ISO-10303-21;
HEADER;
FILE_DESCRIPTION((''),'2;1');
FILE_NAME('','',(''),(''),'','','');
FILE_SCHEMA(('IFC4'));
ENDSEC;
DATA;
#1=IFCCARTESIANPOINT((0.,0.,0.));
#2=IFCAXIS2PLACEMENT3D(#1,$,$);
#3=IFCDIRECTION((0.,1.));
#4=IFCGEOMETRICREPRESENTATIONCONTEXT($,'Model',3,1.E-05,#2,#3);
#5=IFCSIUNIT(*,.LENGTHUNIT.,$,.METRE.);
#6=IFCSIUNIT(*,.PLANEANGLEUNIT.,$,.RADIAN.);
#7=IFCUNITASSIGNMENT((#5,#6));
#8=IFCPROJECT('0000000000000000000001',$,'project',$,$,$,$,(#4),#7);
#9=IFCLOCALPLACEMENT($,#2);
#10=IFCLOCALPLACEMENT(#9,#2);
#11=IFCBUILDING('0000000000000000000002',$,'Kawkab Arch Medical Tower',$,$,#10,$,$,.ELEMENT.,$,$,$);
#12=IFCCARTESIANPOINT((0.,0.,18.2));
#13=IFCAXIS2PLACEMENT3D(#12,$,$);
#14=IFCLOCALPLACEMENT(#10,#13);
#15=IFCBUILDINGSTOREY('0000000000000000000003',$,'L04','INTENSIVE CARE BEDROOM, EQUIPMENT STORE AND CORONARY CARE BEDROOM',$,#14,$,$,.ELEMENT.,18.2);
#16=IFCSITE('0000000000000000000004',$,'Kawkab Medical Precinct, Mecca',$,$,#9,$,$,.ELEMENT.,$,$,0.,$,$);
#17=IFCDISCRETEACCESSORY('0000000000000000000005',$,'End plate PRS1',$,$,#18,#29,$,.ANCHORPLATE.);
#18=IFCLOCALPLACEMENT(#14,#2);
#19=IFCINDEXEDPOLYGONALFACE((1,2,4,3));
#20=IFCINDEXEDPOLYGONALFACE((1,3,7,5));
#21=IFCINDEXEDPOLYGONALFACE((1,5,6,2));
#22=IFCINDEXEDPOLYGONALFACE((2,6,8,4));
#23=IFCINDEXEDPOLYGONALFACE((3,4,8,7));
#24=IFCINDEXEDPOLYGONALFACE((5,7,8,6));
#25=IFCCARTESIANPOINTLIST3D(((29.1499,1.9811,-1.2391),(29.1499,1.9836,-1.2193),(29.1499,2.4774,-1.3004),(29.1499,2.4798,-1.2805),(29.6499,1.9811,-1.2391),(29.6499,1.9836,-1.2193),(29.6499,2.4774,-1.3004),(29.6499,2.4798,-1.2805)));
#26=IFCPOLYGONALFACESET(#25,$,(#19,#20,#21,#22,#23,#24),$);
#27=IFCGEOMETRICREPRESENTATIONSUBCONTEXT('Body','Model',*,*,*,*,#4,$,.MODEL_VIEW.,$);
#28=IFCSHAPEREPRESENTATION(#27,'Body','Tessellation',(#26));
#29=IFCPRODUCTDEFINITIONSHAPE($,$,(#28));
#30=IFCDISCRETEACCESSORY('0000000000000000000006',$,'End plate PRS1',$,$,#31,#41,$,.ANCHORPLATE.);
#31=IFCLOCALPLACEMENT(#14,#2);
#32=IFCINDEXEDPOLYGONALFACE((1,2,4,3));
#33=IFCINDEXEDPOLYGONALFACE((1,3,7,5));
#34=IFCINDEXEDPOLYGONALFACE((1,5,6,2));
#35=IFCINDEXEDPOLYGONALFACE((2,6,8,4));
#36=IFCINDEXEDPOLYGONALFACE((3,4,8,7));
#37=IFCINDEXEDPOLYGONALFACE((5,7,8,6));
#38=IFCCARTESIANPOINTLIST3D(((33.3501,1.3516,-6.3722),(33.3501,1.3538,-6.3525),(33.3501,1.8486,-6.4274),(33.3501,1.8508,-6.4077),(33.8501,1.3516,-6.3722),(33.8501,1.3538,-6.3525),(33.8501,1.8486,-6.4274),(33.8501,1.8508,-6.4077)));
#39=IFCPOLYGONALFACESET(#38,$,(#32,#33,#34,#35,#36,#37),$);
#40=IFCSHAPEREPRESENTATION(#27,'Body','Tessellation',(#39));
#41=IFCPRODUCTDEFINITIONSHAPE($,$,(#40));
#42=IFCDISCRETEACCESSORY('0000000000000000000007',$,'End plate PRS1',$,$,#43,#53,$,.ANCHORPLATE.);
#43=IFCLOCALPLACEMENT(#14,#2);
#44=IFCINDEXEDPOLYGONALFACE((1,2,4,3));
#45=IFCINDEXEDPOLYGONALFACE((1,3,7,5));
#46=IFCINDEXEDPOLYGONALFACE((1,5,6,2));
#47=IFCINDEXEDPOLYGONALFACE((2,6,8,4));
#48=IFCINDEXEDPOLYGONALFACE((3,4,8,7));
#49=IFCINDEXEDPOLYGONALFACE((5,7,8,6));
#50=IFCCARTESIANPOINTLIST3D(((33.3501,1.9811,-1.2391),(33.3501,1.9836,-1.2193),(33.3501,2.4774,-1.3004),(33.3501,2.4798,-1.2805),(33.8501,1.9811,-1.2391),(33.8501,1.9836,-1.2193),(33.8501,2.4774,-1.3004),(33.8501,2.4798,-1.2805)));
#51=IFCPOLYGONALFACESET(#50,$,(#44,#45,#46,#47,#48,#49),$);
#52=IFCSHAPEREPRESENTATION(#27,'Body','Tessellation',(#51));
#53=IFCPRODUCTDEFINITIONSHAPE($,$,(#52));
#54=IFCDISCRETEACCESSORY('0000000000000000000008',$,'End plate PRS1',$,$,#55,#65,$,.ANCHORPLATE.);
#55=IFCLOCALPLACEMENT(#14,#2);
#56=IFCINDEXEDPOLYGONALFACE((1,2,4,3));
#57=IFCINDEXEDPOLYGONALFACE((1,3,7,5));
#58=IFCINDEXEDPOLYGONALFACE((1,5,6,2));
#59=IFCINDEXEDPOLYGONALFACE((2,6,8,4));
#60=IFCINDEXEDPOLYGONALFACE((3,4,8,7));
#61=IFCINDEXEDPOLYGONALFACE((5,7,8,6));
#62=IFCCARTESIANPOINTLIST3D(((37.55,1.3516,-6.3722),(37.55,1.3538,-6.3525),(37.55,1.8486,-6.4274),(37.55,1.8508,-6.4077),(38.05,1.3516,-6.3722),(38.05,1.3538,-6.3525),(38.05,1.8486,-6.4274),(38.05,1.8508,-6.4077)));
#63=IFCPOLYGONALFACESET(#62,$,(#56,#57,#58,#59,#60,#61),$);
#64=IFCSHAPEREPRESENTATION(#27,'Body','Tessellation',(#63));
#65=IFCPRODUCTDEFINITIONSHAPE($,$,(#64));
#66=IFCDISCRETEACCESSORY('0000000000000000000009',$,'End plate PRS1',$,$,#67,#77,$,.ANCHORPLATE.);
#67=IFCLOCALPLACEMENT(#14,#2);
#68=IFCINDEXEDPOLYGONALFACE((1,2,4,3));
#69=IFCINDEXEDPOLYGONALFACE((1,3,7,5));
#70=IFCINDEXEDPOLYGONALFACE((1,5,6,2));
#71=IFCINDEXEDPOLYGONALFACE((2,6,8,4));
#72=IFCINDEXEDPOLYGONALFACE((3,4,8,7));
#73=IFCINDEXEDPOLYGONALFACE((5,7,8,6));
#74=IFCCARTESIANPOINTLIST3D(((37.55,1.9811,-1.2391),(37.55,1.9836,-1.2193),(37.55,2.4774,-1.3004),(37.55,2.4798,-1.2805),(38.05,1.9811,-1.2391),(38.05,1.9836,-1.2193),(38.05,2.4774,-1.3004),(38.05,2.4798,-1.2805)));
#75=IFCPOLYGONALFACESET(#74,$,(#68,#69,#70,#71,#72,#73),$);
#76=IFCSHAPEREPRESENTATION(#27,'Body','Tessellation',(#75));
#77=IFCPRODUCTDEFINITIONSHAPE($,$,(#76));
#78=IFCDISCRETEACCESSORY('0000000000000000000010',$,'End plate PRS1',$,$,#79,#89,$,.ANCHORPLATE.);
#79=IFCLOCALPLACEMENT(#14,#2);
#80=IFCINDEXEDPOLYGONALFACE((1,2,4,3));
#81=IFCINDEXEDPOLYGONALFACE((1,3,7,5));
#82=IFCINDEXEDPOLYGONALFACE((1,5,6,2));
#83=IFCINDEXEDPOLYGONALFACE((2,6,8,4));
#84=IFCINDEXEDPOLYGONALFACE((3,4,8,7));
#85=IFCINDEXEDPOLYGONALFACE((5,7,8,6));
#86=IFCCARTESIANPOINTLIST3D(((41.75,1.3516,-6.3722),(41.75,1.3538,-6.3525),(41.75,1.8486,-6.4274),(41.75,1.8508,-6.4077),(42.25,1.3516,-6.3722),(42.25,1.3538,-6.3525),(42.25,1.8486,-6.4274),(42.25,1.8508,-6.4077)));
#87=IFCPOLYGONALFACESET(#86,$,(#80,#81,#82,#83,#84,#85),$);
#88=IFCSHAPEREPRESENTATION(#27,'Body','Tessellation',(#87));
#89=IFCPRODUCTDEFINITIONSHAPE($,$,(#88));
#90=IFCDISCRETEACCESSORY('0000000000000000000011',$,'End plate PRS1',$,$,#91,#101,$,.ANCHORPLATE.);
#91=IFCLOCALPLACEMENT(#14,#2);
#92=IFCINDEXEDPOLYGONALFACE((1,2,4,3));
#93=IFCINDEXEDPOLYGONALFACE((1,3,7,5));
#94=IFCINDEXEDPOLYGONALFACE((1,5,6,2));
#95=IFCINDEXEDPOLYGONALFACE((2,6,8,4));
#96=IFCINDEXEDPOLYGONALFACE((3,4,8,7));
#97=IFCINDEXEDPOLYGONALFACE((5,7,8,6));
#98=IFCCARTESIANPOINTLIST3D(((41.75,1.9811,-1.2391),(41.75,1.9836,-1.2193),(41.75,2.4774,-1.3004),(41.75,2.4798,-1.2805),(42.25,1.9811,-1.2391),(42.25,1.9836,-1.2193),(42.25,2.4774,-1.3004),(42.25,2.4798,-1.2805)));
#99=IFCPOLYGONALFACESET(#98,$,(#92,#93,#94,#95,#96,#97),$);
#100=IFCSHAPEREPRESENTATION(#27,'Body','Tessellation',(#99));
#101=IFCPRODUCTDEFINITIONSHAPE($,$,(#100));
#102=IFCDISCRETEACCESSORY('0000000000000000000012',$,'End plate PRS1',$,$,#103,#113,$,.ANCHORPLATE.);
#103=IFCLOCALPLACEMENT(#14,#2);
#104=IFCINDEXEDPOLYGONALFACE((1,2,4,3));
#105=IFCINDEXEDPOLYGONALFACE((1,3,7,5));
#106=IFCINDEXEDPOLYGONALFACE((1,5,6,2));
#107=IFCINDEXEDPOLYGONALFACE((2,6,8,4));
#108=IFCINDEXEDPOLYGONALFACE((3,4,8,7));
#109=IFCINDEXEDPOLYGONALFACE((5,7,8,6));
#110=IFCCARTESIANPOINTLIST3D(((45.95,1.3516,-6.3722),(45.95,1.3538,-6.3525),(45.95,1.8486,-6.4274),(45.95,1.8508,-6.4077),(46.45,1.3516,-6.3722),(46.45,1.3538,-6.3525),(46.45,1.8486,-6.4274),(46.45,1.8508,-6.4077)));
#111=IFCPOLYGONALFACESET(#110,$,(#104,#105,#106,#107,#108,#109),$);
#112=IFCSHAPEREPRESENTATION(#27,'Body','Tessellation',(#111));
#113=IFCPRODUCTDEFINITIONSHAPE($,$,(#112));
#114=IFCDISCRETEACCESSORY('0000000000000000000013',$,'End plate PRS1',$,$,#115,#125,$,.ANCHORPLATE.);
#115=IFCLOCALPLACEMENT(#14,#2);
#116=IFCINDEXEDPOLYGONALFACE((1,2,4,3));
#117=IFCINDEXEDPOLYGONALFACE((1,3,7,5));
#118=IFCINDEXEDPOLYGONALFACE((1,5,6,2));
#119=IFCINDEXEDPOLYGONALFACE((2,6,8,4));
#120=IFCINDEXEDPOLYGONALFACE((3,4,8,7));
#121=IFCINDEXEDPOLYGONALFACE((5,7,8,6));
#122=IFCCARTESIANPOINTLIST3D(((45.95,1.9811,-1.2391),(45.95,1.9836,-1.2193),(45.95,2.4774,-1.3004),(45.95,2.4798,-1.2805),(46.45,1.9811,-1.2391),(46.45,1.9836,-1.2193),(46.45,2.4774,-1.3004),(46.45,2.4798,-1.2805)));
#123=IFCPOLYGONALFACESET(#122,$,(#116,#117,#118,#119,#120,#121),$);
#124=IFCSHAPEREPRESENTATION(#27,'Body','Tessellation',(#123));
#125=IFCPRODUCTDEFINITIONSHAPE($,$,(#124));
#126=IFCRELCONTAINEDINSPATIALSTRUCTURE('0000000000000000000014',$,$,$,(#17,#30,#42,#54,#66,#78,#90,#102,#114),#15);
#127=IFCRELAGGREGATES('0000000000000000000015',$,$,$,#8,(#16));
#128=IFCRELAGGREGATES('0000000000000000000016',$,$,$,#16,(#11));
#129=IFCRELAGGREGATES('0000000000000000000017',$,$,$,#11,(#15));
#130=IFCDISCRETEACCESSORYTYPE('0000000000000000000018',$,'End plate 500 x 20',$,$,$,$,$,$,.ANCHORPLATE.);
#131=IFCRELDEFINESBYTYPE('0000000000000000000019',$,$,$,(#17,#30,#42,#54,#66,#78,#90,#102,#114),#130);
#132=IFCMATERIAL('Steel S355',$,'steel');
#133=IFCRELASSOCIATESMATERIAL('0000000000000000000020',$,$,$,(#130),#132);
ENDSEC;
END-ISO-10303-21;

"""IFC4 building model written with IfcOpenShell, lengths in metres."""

from ifc_helpers import new_model, si_unit, direction, frame, origin, origin_2d, place, context, subcontext, project, spatial, rectangle, extrude, material, material_profile, profile_set, type_object, element, save


model = new_model("IFC4")

# Units and contexts
model_context = context("Model", 3, precision=1e-05, world=origin(), true_north=direction((0.0, 1.0)))
body_context = subcontext(model_context, "Body", "Model", "MODEL_VIEW")
ifc_project = project(units=[si_unit("LENGTHUNIT", "METRE"), si_unit("PLANEANGLEUNIT", "RADIAN")], contexts=[model_context])

# Site, building, storey
site_placement = place(None, origin())
site = spatial("IfcSite", under=ifc_project, at=site_placement, Name="Kawkab Medical Precinct, Mecca", CompositionType="ELEMENT", RefElevation=0.0)
building_placement = place(site_placement, origin())
building = spatial("IfcBuilding", under=site, at=building_placement, Name="Kawkab Arch Medical Tower", CompositionType="ELEMENT")
storey_placement = place(building_placement, frame((0.0, 0.0, 18.2)))
storey = spatial("IfcBuildingStorey", under=building, at=storey_placement, Name="L04", Description="INTENSIVE CARE BEDROOM, EQUIPMENT STORE AND CORONARY CARE BEDROOM", CompositionType="ELEMENT", Elevation=18.2)

# Discrete accessories
ifc_material_1 = material(Name="Steel S355", Category="steel")
ifc_material_profile_1 = material_profile(ifc_material_1, rectangle(XDim=0.5, YDim=0.5, at=origin_2d()), Name="End plate 500 x 20")
ifc_profile_set_1 = profile_set([ifc_material_profile_1], Name="Steel S355")
discrete_accessory_type_1 = type_object("IfcDiscreteAccessoryType", Name="End plate 500 x 20", PredefinedType="ANCHORPLATE", material=ifc_profile_set_1)
discrete_accessory_1_placement = place(storey_placement, frame((29.3999, 2.2292, -1.2698), z_axis=(0.0, 0.122527, 0.992465), x_axis=(-1.0, 0.0, 0.0)))
element("IfcDiscreteAccessory", 1, at=discrete_accessory_1_placement, inside=storey, type_object=discrete_accessory_type_1, Name="End plate PRS1", PredefinedType="ANCHORPLATE", context=body_context, shape_type="SweptSolid", body=[
    extrude(rectangle(XDim=0.5, YDim=0.5, at=origin_2d()), origin(), (0.0, 0.0, 1.0), 0.02),
])
discrete_accessory_2_placement = place(storey_placement, frame((33.6001, 1.6023, -6.3801), z_axis=(0.0, -0.110432, -0.993884), x_axis=(1.0, 0.0, 0.0)))
element("IfcDiscreteAccessory", 2, at=discrete_accessory_2_placement, inside=storey, type_object=discrete_accessory_type_1, Name="End plate PRS1", PredefinedType="ANCHORPLATE", context=body_context, shape_type="SweptSolid", body=[
    extrude(rectangle(XDim=0.5, YDim=0.5, at=origin_2d()), origin(), (0.0, 0.0, 1.0), 0.0198),
])
discrete_accessory_3_placement = place(storey_placement, frame((33.6001, 2.2292, -1.2698), z_axis=(0.0, 0.122527, 0.992465), x_axis=(-1.0, 0.0, 0.0)))
element("IfcDiscreteAccessory", 3, at=discrete_accessory_3_placement, inside=storey, type_object=discrete_accessory_type_1, Name="End plate PRS1", PredefinedType="ANCHORPLATE", context=body_context, shape_type="SweptSolid", body=[
    extrude(rectangle(XDim=0.5, YDim=0.5, at=origin_2d()), origin(), (0.0, 0.0, 1.0), 0.02),
])
discrete_accessory_4_placement = place(storey_placement, frame((37.8, 1.6023, -6.3801), z_axis=(0.0, -0.110432, -0.993884), x_axis=(1.0, 0.0, 0.0)))
element("IfcDiscreteAccessory", 4, at=discrete_accessory_4_placement, inside=storey, type_object=discrete_accessory_type_1, Name="End plate PRS1", PredefinedType="ANCHORPLATE", context=body_context, shape_type="SweptSolid", body=[
    extrude(rectangle(XDim=0.5, YDim=0.5, at=origin_2d()), origin(), (0.0, 0.0, 1.0), 0.0198),
])
discrete_accessory_5_placement = place(storey_placement, frame((37.8, 2.2292, -1.2698), z_axis=(0.0, 0.122527, 0.992465), x_axis=(-1.0, 0.0, 0.0)))
element("IfcDiscreteAccessory", 5, at=discrete_accessory_5_placement, inside=storey, type_object=discrete_accessory_type_1, Name="End plate PRS1", PredefinedType="ANCHORPLATE", context=body_context, shape_type="SweptSolid", body=[
    extrude(rectangle(XDim=0.5, YDim=0.5, at=origin_2d()), origin(), (0.0, 0.0, 1.0), 0.02),
])
discrete_accessory_6_placement = place(storey_placement, frame((42.0, 1.6023, -6.3801), z_axis=(0.0, -0.110432, -0.993884), x_axis=(1.0, 0.0, 0.0)))
element("IfcDiscreteAccessory", 6, at=discrete_accessory_6_placement, inside=storey, type_object=discrete_accessory_type_1, Name="End plate PRS1", PredefinedType="ANCHORPLATE", context=body_context, shape_type="SweptSolid", body=[
    extrude(rectangle(XDim=0.5, YDim=0.5, at=origin_2d()), origin(), (0.0, 0.0, 1.0), 0.0198),
])
discrete_accessory_7_placement = place(storey_placement, frame((42.0, 2.2292, -1.2698), z_axis=(0.0, 0.122527, 0.992465), x_axis=(-1.0, 0.0, 0.0)))
element("IfcDiscreteAccessory", 7, at=discrete_accessory_7_placement, inside=storey, type_object=discrete_accessory_type_1, Name="End plate PRS1", PredefinedType="ANCHORPLATE", context=body_context, shape_type="SweptSolid", body=[
    extrude(rectangle(XDim=0.5, YDim=0.5, at=origin_2d()), origin(), (0.0, 0.0, 1.0), 0.02),
])
discrete_accessory_8_placement = place(storey_placement, frame((46.2, 1.6023, -6.3801), z_axis=(0.0, -0.110432, -0.993884), x_axis=(1.0, 0.0, 0.0)))
element("IfcDiscreteAccessory", 8, at=discrete_accessory_8_placement, inside=storey, type_object=discrete_accessory_type_1, Name="End plate PRS1", PredefinedType="ANCHORPLATE", context=body_context, shape_type="SweptSolid", body=[
    extrude(rectangle(XDim=0.5, YDim=0.5, at=origin_2d()), origin(), (0.0, 0.0, 1.0), 0.0198),
])
discrete_accessory_9_placement = place(storey_placement, frame((46.2, 2.2292, -1.2698), z_axis=(0.0, 0.122527, 0.992465), x_axis=(-1.0, 0.0, 0.0)))
element("IfcDiscreteAccessory", 9, at=discrete_accessory_9_placement, inside=storey, type_object=discrete_accessory_type_1, Name="End plate PRS1", PredefinedType="ANCHORPLATE", context=body_context, shape_type="SweptSolid", body=[
    extrude(rectangle(XDim=0.5, YDim=0.5, at=origin_2d()), origin(), (0.0, 0.0, 1.0), 0.02),
])

save(model, "model.ifc")
